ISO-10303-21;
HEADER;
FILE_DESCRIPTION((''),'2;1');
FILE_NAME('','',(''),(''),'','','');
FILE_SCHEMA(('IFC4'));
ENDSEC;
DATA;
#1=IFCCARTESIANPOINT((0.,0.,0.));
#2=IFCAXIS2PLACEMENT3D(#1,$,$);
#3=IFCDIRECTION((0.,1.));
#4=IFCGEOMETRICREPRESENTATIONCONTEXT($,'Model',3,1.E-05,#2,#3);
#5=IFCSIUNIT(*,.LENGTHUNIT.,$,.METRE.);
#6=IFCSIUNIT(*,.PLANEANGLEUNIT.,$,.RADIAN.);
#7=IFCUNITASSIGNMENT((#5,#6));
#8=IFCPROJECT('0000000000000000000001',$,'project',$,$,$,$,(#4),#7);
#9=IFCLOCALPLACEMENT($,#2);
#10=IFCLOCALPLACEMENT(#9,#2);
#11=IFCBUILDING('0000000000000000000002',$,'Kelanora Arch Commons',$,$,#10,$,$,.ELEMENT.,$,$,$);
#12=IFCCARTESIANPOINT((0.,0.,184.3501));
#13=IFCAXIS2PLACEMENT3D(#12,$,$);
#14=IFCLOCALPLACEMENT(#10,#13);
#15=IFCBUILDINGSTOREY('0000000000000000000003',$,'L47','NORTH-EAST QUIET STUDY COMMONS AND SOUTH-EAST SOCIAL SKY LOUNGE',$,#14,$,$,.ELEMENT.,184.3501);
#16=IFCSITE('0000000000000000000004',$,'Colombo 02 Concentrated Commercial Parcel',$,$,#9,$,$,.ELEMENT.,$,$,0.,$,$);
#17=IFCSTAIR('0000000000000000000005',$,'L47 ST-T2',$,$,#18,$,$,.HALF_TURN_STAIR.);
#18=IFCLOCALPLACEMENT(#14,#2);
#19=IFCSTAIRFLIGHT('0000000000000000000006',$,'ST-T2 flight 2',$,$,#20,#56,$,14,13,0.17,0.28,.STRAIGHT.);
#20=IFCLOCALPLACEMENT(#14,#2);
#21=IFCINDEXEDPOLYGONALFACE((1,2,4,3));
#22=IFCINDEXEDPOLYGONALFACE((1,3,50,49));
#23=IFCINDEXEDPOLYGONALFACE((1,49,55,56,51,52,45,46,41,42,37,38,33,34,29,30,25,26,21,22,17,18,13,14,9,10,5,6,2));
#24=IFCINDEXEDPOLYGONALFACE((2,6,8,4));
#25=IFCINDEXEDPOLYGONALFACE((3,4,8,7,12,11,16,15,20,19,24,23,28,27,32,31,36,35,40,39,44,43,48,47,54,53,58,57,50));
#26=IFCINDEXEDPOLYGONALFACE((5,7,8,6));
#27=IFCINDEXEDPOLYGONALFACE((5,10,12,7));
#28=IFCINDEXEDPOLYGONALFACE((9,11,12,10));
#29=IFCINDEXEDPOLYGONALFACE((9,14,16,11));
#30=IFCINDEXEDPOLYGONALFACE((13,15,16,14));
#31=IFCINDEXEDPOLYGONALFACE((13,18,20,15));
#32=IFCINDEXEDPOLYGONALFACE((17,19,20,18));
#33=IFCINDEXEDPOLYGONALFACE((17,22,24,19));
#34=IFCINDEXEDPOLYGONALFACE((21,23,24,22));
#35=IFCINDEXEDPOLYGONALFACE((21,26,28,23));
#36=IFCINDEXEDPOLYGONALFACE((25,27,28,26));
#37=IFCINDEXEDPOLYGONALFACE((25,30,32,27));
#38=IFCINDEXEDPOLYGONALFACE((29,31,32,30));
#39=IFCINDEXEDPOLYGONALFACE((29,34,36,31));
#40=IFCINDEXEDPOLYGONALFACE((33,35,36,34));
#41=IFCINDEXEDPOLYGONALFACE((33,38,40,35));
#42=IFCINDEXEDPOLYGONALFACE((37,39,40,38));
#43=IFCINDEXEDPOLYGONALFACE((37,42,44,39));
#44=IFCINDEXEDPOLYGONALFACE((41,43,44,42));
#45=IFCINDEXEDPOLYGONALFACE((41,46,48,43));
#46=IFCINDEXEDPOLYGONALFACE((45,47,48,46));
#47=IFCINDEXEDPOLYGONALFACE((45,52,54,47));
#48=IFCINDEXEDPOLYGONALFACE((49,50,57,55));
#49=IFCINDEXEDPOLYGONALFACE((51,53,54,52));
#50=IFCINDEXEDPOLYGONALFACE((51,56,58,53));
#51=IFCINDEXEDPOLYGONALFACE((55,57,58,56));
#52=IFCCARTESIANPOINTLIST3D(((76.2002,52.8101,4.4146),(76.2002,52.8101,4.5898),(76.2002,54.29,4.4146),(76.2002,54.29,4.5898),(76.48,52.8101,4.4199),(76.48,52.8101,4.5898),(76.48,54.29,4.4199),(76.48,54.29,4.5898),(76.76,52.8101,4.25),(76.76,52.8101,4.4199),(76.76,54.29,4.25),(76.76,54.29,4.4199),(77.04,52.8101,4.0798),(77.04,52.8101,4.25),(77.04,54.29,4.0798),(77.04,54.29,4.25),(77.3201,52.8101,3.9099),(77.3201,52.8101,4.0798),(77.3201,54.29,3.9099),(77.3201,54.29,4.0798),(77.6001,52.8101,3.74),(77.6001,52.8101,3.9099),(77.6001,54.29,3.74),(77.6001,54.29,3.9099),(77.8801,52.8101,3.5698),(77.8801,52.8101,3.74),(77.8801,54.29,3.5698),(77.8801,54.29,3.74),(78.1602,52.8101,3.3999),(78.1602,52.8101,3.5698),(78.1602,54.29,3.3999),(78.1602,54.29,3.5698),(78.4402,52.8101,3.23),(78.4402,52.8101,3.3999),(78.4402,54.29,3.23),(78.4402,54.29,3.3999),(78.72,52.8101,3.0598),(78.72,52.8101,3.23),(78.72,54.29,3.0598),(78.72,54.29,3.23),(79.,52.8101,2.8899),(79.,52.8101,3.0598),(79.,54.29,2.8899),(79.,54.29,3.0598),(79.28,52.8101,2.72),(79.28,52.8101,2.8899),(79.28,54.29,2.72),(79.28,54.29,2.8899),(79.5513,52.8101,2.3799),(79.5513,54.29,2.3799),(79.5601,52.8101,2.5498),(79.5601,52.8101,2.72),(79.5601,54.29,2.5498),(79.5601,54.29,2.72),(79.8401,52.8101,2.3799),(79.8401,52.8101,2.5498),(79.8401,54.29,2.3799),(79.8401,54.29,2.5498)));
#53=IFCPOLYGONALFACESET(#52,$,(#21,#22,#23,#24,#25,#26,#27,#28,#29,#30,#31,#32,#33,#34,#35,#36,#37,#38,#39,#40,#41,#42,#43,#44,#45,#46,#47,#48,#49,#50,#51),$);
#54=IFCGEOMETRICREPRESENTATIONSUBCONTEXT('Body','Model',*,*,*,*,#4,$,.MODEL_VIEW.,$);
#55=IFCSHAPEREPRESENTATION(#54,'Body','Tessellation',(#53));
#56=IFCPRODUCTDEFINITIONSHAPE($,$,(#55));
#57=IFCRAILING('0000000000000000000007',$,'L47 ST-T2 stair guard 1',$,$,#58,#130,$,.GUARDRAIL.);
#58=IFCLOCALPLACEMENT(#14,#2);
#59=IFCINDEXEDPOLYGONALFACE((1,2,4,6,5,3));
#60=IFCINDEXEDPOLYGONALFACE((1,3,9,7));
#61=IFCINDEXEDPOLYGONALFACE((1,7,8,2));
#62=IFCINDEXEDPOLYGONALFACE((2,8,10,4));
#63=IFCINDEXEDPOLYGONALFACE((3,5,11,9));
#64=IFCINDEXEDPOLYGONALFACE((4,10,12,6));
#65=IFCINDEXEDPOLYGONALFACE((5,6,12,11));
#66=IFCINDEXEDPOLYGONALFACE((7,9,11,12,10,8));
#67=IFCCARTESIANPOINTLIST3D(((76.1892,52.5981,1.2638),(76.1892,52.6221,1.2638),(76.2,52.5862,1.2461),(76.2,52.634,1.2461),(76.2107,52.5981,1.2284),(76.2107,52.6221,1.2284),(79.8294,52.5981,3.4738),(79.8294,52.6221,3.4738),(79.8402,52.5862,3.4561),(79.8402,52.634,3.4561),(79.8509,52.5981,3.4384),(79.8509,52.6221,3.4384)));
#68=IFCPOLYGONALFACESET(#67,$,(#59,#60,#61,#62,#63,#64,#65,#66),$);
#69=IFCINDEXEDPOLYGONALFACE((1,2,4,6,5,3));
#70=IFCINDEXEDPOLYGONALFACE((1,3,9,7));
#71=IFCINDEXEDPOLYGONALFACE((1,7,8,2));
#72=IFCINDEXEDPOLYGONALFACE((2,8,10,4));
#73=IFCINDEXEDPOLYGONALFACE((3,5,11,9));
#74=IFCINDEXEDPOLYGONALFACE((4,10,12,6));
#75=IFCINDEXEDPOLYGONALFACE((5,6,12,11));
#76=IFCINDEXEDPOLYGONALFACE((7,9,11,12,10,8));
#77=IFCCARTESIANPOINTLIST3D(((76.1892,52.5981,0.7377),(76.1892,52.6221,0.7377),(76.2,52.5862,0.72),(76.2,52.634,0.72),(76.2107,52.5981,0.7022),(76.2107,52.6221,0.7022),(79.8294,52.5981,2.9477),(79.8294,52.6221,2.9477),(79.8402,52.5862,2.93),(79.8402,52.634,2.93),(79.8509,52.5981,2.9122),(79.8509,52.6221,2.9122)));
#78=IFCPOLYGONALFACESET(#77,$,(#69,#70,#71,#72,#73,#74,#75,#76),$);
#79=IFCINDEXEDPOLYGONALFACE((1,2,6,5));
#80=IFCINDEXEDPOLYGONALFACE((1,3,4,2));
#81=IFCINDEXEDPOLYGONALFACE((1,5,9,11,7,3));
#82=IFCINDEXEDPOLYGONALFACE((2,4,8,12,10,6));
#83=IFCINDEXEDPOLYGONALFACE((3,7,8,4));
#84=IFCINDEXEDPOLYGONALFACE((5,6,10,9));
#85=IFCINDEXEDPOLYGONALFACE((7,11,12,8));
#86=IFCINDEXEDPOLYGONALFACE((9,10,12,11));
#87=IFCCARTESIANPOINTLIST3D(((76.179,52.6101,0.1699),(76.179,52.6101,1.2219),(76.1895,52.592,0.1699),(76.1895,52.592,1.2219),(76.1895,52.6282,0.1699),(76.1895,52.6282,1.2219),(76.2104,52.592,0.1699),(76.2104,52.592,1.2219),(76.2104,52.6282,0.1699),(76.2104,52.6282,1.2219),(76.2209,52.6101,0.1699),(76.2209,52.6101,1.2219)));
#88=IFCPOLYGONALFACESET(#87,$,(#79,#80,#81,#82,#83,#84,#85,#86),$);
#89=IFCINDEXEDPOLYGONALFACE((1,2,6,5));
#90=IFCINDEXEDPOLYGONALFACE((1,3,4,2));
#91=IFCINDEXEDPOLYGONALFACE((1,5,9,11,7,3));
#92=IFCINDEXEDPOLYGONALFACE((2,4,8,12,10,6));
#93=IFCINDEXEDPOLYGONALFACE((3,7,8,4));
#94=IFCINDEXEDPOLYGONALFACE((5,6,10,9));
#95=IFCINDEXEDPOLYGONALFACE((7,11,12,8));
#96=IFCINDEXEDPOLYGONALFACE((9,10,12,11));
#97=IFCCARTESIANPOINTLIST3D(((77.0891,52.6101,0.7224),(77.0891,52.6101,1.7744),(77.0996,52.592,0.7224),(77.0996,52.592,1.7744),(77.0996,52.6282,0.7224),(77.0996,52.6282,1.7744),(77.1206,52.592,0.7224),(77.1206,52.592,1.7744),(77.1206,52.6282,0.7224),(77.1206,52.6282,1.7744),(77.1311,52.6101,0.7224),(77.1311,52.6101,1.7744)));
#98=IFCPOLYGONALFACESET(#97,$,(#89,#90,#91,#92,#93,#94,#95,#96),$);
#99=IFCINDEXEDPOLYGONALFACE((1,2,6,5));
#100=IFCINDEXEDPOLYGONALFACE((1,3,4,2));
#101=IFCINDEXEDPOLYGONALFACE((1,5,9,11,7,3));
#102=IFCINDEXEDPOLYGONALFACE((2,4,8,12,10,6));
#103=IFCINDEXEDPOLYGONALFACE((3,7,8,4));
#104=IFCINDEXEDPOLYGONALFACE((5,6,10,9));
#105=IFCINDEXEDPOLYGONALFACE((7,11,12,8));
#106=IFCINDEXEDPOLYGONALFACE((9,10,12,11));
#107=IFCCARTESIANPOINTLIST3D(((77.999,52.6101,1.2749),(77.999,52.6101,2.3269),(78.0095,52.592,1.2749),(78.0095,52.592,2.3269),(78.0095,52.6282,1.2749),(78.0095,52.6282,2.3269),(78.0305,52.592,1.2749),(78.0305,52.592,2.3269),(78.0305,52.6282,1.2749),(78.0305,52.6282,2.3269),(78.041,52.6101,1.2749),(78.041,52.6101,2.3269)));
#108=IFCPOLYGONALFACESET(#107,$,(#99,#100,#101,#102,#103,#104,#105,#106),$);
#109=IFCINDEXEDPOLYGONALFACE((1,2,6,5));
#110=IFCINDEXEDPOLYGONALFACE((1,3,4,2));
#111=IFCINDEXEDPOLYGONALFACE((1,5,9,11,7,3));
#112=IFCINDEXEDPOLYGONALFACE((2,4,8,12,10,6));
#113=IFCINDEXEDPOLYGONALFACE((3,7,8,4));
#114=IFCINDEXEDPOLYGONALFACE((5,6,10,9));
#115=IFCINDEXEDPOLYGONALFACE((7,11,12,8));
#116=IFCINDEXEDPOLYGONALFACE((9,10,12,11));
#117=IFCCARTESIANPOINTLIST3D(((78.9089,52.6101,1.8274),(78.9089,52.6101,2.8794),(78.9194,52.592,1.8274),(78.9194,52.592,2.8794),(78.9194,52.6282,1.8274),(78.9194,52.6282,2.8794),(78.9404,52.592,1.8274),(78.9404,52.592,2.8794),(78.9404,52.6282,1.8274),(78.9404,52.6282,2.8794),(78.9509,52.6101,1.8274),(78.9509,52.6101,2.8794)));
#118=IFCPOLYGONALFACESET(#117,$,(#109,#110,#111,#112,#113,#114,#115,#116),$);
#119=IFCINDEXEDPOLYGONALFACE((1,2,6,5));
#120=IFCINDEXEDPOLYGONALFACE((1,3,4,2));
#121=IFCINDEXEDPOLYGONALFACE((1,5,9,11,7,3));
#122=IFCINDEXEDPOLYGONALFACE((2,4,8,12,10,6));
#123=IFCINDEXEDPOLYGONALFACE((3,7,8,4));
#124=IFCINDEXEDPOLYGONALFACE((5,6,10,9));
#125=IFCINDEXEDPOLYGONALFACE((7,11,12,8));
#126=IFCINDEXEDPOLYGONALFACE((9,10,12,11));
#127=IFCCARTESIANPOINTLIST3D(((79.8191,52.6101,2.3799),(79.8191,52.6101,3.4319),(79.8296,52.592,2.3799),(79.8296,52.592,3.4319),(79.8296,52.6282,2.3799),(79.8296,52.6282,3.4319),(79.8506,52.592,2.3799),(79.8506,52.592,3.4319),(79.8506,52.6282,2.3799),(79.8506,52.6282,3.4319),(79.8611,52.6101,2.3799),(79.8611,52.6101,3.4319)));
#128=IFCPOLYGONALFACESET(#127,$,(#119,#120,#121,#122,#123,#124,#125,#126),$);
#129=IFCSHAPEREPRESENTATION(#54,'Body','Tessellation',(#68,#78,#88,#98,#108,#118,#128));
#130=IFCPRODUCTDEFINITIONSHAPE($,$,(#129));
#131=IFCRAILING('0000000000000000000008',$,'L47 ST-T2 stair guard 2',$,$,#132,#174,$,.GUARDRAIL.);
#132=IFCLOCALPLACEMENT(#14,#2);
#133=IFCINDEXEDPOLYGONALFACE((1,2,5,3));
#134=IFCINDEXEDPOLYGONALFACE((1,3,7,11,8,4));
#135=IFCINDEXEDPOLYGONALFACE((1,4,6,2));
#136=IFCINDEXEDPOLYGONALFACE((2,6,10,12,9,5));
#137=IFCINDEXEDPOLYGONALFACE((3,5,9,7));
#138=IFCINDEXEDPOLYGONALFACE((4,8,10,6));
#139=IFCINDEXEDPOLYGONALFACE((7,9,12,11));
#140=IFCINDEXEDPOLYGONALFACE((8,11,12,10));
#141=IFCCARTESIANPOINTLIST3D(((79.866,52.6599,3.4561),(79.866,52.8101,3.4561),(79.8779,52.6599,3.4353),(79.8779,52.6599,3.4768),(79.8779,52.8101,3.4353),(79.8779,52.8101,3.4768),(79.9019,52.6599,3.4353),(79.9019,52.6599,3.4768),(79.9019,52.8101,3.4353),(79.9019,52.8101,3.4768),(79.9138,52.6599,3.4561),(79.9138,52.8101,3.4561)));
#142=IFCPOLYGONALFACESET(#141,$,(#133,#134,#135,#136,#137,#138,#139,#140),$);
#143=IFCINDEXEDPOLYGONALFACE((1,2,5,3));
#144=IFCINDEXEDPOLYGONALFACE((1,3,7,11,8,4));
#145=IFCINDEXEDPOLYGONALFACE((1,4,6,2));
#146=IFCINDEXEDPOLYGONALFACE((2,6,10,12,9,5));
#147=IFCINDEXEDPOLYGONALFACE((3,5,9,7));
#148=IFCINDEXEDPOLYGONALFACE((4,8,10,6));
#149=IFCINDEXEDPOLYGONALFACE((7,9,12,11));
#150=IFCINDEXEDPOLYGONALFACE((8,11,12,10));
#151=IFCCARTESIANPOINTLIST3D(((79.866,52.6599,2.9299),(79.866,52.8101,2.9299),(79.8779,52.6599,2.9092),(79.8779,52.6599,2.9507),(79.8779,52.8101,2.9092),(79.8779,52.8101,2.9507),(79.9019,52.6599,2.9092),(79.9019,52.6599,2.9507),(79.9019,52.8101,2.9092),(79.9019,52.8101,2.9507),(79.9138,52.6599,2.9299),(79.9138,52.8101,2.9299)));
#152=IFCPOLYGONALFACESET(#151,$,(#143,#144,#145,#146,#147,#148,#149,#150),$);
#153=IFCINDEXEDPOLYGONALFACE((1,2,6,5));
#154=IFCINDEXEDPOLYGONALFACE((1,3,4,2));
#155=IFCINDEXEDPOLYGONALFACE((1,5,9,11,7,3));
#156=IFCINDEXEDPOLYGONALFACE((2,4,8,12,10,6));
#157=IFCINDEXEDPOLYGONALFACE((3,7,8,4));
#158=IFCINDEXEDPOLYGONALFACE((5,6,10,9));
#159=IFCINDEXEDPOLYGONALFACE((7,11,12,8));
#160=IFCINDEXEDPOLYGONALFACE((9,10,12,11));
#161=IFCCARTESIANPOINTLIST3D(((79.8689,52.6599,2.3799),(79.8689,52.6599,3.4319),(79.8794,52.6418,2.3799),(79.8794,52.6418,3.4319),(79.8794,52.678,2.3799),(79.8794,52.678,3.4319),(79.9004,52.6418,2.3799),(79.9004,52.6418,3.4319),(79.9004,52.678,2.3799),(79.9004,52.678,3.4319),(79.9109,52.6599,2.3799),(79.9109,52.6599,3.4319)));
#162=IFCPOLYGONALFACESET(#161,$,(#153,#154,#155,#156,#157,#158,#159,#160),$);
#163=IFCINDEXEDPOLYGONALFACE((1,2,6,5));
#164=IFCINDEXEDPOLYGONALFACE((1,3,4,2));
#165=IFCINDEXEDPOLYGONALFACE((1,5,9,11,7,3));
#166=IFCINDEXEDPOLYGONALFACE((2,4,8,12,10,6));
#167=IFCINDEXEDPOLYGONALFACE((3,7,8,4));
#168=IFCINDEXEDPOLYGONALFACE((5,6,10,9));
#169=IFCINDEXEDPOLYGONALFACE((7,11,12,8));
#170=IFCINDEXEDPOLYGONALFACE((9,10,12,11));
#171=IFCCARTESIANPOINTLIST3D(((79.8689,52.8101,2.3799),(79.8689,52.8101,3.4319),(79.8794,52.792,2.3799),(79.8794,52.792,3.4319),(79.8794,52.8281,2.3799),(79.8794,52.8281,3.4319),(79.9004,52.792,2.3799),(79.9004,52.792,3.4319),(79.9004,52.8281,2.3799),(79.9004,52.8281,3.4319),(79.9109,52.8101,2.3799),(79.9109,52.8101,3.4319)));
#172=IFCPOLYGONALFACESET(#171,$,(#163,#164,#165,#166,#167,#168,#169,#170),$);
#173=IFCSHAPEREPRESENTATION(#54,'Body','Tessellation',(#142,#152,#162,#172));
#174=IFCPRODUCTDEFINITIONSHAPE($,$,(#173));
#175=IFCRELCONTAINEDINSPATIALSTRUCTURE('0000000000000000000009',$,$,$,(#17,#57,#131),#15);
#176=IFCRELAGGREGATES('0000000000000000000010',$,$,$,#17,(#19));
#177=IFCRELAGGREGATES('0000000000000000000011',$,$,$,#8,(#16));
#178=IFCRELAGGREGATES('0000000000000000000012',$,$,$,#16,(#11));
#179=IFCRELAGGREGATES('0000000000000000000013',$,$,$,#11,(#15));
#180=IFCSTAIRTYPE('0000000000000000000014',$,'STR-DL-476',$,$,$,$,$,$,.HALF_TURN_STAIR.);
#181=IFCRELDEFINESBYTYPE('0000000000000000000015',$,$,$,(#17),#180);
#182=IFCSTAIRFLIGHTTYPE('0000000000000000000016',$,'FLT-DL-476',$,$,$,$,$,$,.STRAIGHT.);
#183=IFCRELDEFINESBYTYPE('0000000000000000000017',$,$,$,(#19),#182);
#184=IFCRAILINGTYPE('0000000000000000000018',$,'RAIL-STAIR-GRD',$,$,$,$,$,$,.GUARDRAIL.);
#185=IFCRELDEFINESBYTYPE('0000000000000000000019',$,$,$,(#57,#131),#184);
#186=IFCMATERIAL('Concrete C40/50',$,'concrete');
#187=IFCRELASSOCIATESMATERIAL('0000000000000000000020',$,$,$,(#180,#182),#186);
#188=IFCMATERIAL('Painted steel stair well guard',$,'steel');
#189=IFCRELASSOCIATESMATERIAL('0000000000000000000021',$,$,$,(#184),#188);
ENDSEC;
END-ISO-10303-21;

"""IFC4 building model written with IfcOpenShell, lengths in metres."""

from ifc_helpers import new_model, si_unit, direction, frame, origin, place, context, subcontext, project, spatial, polyline, outline, extrude, material, type_object, element, aggregate, save


model = new_model("IFC4")

# Units and contexts
model_context = context("Model", 3, precision=1e-05, world=origin(), true_north=direction((0.0, 1.0)))
body_context = subcontext(model_context, "Body", "Model", "MODEL_VIEW")
ifc_project = project(units=[si_unit("LENGTHUNIT", "METRE"), si_unit("PLANEANGLEUNIT", "RADIAN")], contexts=[model_context])

# Site, building, storey
site_placement = place(None, origin())
site = spatial("IfcSite", under=ifc_project, at=site_placement, Name="Colombo 02 Concentrated Commercial Parcel", CompositionType="ELEMENT", RefElevation=0.0)
building_placement = place(site_placement, origin())
building = spatial("IfcBuilding", under=site, at=building_placement, Name="Kelanora Arch Commons", CompositionType="ELEMENT")
storey_placement = place(building_placement, frame((0.0, 0.0, 184.3501)))
storey = spatial("IfcBuildingStorey", under=building, at=storey_placement, Name="L47", Description="NORTH-EAST QUIET STUDY COMMONS AND SOUTH-EAST SOCIAL SKY LOUNGE", CompositionType="ELEMENT", Elevation=184.3501)

# Shared definitions
ifc_material_1 = material(Name="Concrete C40/50", Category="concrete")

# Stair, stair flight
stair_type = type_object("IfcStairType", Name="STR-DL-476", PredefinedType="HALF_TURN_STAIR", material=ifc_material_1)
stair_placement = place(storey_placement, origin())
stair = element("IfcStair", 1, at=stair_placement, inside=storey, type_object=stair_type, Name="L47 ST-T2", PredefinedType="HALF_TURN_STAIR")
stair_flight_type = type_object("IfcStairFlightType", Name="FLT-DL-476", PredefinedType="STRAIGHT", material=ifc_material_1)
stair_flight_1_placement = place(storey_placement, frame((79.8401, 53.55, 2.3799), z_axis=(0.0, 0.0, 1.0), x_axis=(-1.0, 0.0, 0.0)))
stair_flight_1 = element("IfcStairFlight", 2, at=stair_flight_1_placement, type_object=stair_flight_type, Name="ST-T2 flight 2", NumberOfRisers=14, NumberOfTreads=13, PredefinedType="STRAIGHT", RiserHeight=0.17, TreadLength=0.28, context=body_context, shape_type="SweptSolid", body=[
    extrude(outline(polyline([(0.0, 0.0), (0.0, 0.1699), (0.28, 0.1699), (0.28, 0.3401), (0.5601, 0.3401), (0.5601, 0.51), (0.8401, 0.51), (0.8401, 0.6799), (1.1201, 0.6799), (1.1201, 0.8501), (1.3999, 0.8501), (1.3999, 1.02), (1.6799, 1.02), (1.6799, 1.1899), (1.96, 1.1899), (1.96, 1.3601), (2.24, 1.3601), (2.24, 1.53), (2.52, 1.53), (2.52, 1.7), (2.8, 1.7), (2.8, 1.8701), (3.0801, 1.8701), (3.0801, 2.04), (3.3601, 2.04), (3.3601, 2.21), (3.6399, 2.21), (3.6399, 2.3799), (3.6399, 2.0347), (0.2888, 0.0), (0.0, 0.0)])), frame((0.0, 0.74, 0.0), z_axis=(0.0, -1.0, 0.0), x_axis=(1.0, 0.0, 0.0)), (0.0, 0.0, 1.0), 1.48),
])
aggregate(stair, [stair_flight_1])

# Railings
ifc_material_2 = material(Name="Painted steel stair well guard", Category="steel")
railing_type_1 = type_object("IfcRailingType", Name="RAIL-STAIR-GRD", PredefinedType="GUARDRAIL", material=ifc_material_2)
railing_1_placement = place(storey_placement, frame((76.2, 52.6101, 0.1699)))
element("IfcRailing", 3, at=railing_1_placement, inside=storey, type_object=railing_type_1, Name="L47 ST-T2 stair guard 1", PredefinedType="GUARDRAIL", context=body_context, shape_type="SweptSolid", body=[
    extrude(outline(polyline([(0.0239, 0.0), (0.012, 0.0208), (-0.012, 0.0208), (-0.0239, 0.0), (-0.012, -0.0208), (0.012, -0.0208), (0.0239, 0.0)])), frame((0.0, 0.0, 1.0762), z_axis=(0.8548, 0.0, 0.518957), x_axis=(0.0, 1.0, 0.0)), (0.0, 0.0, 1.0), 4.2585),
    extrude(outline(polyline([(0.0239, 0.0), (0.012, 0.0208), (-0.012, 0.0208), (-0.0239, 0.0), (-0.012, -0.0208), (0.012, -0.0208), (0.0239, 0.0)])), frame((0.0, 0.0, 0.55), z_axis=(0.8548, 0.0, 0.518957), x_axis=(0.0, 1.0, 0.0)), (0.0, 0.0, 1.0), 4.2585),
    extrude(outline(polyline([(0.021, 0.0), (0.0105, 0.0181), (-0.0105, 0.0181), (-0.021, 0.0), (-0.0105, -0.0181), (0.0105, -0.0181), (0.021, 0.0)])), origin(), (0.0, 0.0, 1.0), 1.052),
    extrude(outline(polyline([(0.021, 0.0), (0.0105, 0.0181), (-0.0105, 0.0181), (-0.021, 0.0), (-0.0105, -0.0181), (0.0105, -0.0181), (0.021, 0.0)])), frame((0.9102, 0.0, 0.5525)), (0.0, 0.0, 1.0), 1.052),
    extrude(outline(polyline([(0.021, 0.0), (0.0105, 0.0181), (-0.0105, 0.0181), (-0.021, 0.0), (-0.0105, -0.0181), (0.0105, -0.0181), (0.021, 0.0)])), frame((1.8201, 0.0, 1.105)), (0.0, 0.0, 1.0), 1.052),
    extrude(outline(polyline([(0.021, 0.0), (0.0105, 0.0181), (-0.0105, 0.0181), (-0.021, 0.0), (-0.0105, -0.0181), (0.0105, -0.0181), (0.021, 0.0)])), frame((2.73, 0.0, 1.6575)), (0.0, 0.0, 1.0), 1.052),
    extrude(outline(polyline([(0.021, 0.0), (0.0105, 0.0181), (-0.0105, 0.0181), (-0.021, 0.0), (-0.0105, -0.0181), (0.0105, -0.0181), (0.021, 0.0)])), frame((3.6401, 0.0, 2.21)), (0.0, 0.0, 1.0), 1.052),
])
railing_2_placement = place(storey_placement, frame((79.8899, 52.6599, 2.3799)))
element("IfcRailing", 4, at=railing_2_placement, inside=storey, type_object=railing_type_1, Name="L47 ST-T2 stair guard 2", PredefinedType="GUARDRAIL", context=body_context, shape_type="SweptSolid", body=[
    extrude(outline(polyline([(0.0239, 0.0), (0.012, 0.0208), (-0.012, 0.0208), (-0.0239, 0.0), (-0.012, -0.0208), (0.012, -0.0208), (0.0239, 0.0)])), frame((0.0, 0.0, 1.0762), z_axis=(0.0, 1.0, 0.0), x_axis=(-1.0, 0.0, 0.0)), (0.0, 0.0, 1.0), 0.1501),
    extrude(outline(polyline([(0.0239, 0.0), (0.012, 0.0208), (-0.012, 0.0208), (-0.0239, 0.0), (-0.012, -0.0208), (0.012, -0.0208), (0.0239, 0.0)])), frame((0.0, 0.0, 0.55), z_axis=(0.0, 1.0, 0.0), x_axis=(-1.0, 0.0, 0.0)), (0.0, 0.0, 1.0), 0.1501),
    extrude(outline(polyline([(0.021, 0.0), (0.0105, 0.0181), (-0.0105, 0.0181), (-0.021, 0.0), (-0.0105, -0.0181), (0.0105, -0.0181), (0.021, 0.0)])), origin(), (0.0, 0.0, 1.0), 1.052),
    extrude(outline(polyline([(0.021, 0.0), (0.0105, 0.0181), (-0.0105, 0.0181), (-0.021, 0.0), (-0.0105, -0.0181), (0.0105, -0.0181), (0.021, 0.0)])), frame((0.0, 0.1501, 0.0)), (0.0, 0.0, 1.0), 1.052),
])

save(model, "model.ifc")
